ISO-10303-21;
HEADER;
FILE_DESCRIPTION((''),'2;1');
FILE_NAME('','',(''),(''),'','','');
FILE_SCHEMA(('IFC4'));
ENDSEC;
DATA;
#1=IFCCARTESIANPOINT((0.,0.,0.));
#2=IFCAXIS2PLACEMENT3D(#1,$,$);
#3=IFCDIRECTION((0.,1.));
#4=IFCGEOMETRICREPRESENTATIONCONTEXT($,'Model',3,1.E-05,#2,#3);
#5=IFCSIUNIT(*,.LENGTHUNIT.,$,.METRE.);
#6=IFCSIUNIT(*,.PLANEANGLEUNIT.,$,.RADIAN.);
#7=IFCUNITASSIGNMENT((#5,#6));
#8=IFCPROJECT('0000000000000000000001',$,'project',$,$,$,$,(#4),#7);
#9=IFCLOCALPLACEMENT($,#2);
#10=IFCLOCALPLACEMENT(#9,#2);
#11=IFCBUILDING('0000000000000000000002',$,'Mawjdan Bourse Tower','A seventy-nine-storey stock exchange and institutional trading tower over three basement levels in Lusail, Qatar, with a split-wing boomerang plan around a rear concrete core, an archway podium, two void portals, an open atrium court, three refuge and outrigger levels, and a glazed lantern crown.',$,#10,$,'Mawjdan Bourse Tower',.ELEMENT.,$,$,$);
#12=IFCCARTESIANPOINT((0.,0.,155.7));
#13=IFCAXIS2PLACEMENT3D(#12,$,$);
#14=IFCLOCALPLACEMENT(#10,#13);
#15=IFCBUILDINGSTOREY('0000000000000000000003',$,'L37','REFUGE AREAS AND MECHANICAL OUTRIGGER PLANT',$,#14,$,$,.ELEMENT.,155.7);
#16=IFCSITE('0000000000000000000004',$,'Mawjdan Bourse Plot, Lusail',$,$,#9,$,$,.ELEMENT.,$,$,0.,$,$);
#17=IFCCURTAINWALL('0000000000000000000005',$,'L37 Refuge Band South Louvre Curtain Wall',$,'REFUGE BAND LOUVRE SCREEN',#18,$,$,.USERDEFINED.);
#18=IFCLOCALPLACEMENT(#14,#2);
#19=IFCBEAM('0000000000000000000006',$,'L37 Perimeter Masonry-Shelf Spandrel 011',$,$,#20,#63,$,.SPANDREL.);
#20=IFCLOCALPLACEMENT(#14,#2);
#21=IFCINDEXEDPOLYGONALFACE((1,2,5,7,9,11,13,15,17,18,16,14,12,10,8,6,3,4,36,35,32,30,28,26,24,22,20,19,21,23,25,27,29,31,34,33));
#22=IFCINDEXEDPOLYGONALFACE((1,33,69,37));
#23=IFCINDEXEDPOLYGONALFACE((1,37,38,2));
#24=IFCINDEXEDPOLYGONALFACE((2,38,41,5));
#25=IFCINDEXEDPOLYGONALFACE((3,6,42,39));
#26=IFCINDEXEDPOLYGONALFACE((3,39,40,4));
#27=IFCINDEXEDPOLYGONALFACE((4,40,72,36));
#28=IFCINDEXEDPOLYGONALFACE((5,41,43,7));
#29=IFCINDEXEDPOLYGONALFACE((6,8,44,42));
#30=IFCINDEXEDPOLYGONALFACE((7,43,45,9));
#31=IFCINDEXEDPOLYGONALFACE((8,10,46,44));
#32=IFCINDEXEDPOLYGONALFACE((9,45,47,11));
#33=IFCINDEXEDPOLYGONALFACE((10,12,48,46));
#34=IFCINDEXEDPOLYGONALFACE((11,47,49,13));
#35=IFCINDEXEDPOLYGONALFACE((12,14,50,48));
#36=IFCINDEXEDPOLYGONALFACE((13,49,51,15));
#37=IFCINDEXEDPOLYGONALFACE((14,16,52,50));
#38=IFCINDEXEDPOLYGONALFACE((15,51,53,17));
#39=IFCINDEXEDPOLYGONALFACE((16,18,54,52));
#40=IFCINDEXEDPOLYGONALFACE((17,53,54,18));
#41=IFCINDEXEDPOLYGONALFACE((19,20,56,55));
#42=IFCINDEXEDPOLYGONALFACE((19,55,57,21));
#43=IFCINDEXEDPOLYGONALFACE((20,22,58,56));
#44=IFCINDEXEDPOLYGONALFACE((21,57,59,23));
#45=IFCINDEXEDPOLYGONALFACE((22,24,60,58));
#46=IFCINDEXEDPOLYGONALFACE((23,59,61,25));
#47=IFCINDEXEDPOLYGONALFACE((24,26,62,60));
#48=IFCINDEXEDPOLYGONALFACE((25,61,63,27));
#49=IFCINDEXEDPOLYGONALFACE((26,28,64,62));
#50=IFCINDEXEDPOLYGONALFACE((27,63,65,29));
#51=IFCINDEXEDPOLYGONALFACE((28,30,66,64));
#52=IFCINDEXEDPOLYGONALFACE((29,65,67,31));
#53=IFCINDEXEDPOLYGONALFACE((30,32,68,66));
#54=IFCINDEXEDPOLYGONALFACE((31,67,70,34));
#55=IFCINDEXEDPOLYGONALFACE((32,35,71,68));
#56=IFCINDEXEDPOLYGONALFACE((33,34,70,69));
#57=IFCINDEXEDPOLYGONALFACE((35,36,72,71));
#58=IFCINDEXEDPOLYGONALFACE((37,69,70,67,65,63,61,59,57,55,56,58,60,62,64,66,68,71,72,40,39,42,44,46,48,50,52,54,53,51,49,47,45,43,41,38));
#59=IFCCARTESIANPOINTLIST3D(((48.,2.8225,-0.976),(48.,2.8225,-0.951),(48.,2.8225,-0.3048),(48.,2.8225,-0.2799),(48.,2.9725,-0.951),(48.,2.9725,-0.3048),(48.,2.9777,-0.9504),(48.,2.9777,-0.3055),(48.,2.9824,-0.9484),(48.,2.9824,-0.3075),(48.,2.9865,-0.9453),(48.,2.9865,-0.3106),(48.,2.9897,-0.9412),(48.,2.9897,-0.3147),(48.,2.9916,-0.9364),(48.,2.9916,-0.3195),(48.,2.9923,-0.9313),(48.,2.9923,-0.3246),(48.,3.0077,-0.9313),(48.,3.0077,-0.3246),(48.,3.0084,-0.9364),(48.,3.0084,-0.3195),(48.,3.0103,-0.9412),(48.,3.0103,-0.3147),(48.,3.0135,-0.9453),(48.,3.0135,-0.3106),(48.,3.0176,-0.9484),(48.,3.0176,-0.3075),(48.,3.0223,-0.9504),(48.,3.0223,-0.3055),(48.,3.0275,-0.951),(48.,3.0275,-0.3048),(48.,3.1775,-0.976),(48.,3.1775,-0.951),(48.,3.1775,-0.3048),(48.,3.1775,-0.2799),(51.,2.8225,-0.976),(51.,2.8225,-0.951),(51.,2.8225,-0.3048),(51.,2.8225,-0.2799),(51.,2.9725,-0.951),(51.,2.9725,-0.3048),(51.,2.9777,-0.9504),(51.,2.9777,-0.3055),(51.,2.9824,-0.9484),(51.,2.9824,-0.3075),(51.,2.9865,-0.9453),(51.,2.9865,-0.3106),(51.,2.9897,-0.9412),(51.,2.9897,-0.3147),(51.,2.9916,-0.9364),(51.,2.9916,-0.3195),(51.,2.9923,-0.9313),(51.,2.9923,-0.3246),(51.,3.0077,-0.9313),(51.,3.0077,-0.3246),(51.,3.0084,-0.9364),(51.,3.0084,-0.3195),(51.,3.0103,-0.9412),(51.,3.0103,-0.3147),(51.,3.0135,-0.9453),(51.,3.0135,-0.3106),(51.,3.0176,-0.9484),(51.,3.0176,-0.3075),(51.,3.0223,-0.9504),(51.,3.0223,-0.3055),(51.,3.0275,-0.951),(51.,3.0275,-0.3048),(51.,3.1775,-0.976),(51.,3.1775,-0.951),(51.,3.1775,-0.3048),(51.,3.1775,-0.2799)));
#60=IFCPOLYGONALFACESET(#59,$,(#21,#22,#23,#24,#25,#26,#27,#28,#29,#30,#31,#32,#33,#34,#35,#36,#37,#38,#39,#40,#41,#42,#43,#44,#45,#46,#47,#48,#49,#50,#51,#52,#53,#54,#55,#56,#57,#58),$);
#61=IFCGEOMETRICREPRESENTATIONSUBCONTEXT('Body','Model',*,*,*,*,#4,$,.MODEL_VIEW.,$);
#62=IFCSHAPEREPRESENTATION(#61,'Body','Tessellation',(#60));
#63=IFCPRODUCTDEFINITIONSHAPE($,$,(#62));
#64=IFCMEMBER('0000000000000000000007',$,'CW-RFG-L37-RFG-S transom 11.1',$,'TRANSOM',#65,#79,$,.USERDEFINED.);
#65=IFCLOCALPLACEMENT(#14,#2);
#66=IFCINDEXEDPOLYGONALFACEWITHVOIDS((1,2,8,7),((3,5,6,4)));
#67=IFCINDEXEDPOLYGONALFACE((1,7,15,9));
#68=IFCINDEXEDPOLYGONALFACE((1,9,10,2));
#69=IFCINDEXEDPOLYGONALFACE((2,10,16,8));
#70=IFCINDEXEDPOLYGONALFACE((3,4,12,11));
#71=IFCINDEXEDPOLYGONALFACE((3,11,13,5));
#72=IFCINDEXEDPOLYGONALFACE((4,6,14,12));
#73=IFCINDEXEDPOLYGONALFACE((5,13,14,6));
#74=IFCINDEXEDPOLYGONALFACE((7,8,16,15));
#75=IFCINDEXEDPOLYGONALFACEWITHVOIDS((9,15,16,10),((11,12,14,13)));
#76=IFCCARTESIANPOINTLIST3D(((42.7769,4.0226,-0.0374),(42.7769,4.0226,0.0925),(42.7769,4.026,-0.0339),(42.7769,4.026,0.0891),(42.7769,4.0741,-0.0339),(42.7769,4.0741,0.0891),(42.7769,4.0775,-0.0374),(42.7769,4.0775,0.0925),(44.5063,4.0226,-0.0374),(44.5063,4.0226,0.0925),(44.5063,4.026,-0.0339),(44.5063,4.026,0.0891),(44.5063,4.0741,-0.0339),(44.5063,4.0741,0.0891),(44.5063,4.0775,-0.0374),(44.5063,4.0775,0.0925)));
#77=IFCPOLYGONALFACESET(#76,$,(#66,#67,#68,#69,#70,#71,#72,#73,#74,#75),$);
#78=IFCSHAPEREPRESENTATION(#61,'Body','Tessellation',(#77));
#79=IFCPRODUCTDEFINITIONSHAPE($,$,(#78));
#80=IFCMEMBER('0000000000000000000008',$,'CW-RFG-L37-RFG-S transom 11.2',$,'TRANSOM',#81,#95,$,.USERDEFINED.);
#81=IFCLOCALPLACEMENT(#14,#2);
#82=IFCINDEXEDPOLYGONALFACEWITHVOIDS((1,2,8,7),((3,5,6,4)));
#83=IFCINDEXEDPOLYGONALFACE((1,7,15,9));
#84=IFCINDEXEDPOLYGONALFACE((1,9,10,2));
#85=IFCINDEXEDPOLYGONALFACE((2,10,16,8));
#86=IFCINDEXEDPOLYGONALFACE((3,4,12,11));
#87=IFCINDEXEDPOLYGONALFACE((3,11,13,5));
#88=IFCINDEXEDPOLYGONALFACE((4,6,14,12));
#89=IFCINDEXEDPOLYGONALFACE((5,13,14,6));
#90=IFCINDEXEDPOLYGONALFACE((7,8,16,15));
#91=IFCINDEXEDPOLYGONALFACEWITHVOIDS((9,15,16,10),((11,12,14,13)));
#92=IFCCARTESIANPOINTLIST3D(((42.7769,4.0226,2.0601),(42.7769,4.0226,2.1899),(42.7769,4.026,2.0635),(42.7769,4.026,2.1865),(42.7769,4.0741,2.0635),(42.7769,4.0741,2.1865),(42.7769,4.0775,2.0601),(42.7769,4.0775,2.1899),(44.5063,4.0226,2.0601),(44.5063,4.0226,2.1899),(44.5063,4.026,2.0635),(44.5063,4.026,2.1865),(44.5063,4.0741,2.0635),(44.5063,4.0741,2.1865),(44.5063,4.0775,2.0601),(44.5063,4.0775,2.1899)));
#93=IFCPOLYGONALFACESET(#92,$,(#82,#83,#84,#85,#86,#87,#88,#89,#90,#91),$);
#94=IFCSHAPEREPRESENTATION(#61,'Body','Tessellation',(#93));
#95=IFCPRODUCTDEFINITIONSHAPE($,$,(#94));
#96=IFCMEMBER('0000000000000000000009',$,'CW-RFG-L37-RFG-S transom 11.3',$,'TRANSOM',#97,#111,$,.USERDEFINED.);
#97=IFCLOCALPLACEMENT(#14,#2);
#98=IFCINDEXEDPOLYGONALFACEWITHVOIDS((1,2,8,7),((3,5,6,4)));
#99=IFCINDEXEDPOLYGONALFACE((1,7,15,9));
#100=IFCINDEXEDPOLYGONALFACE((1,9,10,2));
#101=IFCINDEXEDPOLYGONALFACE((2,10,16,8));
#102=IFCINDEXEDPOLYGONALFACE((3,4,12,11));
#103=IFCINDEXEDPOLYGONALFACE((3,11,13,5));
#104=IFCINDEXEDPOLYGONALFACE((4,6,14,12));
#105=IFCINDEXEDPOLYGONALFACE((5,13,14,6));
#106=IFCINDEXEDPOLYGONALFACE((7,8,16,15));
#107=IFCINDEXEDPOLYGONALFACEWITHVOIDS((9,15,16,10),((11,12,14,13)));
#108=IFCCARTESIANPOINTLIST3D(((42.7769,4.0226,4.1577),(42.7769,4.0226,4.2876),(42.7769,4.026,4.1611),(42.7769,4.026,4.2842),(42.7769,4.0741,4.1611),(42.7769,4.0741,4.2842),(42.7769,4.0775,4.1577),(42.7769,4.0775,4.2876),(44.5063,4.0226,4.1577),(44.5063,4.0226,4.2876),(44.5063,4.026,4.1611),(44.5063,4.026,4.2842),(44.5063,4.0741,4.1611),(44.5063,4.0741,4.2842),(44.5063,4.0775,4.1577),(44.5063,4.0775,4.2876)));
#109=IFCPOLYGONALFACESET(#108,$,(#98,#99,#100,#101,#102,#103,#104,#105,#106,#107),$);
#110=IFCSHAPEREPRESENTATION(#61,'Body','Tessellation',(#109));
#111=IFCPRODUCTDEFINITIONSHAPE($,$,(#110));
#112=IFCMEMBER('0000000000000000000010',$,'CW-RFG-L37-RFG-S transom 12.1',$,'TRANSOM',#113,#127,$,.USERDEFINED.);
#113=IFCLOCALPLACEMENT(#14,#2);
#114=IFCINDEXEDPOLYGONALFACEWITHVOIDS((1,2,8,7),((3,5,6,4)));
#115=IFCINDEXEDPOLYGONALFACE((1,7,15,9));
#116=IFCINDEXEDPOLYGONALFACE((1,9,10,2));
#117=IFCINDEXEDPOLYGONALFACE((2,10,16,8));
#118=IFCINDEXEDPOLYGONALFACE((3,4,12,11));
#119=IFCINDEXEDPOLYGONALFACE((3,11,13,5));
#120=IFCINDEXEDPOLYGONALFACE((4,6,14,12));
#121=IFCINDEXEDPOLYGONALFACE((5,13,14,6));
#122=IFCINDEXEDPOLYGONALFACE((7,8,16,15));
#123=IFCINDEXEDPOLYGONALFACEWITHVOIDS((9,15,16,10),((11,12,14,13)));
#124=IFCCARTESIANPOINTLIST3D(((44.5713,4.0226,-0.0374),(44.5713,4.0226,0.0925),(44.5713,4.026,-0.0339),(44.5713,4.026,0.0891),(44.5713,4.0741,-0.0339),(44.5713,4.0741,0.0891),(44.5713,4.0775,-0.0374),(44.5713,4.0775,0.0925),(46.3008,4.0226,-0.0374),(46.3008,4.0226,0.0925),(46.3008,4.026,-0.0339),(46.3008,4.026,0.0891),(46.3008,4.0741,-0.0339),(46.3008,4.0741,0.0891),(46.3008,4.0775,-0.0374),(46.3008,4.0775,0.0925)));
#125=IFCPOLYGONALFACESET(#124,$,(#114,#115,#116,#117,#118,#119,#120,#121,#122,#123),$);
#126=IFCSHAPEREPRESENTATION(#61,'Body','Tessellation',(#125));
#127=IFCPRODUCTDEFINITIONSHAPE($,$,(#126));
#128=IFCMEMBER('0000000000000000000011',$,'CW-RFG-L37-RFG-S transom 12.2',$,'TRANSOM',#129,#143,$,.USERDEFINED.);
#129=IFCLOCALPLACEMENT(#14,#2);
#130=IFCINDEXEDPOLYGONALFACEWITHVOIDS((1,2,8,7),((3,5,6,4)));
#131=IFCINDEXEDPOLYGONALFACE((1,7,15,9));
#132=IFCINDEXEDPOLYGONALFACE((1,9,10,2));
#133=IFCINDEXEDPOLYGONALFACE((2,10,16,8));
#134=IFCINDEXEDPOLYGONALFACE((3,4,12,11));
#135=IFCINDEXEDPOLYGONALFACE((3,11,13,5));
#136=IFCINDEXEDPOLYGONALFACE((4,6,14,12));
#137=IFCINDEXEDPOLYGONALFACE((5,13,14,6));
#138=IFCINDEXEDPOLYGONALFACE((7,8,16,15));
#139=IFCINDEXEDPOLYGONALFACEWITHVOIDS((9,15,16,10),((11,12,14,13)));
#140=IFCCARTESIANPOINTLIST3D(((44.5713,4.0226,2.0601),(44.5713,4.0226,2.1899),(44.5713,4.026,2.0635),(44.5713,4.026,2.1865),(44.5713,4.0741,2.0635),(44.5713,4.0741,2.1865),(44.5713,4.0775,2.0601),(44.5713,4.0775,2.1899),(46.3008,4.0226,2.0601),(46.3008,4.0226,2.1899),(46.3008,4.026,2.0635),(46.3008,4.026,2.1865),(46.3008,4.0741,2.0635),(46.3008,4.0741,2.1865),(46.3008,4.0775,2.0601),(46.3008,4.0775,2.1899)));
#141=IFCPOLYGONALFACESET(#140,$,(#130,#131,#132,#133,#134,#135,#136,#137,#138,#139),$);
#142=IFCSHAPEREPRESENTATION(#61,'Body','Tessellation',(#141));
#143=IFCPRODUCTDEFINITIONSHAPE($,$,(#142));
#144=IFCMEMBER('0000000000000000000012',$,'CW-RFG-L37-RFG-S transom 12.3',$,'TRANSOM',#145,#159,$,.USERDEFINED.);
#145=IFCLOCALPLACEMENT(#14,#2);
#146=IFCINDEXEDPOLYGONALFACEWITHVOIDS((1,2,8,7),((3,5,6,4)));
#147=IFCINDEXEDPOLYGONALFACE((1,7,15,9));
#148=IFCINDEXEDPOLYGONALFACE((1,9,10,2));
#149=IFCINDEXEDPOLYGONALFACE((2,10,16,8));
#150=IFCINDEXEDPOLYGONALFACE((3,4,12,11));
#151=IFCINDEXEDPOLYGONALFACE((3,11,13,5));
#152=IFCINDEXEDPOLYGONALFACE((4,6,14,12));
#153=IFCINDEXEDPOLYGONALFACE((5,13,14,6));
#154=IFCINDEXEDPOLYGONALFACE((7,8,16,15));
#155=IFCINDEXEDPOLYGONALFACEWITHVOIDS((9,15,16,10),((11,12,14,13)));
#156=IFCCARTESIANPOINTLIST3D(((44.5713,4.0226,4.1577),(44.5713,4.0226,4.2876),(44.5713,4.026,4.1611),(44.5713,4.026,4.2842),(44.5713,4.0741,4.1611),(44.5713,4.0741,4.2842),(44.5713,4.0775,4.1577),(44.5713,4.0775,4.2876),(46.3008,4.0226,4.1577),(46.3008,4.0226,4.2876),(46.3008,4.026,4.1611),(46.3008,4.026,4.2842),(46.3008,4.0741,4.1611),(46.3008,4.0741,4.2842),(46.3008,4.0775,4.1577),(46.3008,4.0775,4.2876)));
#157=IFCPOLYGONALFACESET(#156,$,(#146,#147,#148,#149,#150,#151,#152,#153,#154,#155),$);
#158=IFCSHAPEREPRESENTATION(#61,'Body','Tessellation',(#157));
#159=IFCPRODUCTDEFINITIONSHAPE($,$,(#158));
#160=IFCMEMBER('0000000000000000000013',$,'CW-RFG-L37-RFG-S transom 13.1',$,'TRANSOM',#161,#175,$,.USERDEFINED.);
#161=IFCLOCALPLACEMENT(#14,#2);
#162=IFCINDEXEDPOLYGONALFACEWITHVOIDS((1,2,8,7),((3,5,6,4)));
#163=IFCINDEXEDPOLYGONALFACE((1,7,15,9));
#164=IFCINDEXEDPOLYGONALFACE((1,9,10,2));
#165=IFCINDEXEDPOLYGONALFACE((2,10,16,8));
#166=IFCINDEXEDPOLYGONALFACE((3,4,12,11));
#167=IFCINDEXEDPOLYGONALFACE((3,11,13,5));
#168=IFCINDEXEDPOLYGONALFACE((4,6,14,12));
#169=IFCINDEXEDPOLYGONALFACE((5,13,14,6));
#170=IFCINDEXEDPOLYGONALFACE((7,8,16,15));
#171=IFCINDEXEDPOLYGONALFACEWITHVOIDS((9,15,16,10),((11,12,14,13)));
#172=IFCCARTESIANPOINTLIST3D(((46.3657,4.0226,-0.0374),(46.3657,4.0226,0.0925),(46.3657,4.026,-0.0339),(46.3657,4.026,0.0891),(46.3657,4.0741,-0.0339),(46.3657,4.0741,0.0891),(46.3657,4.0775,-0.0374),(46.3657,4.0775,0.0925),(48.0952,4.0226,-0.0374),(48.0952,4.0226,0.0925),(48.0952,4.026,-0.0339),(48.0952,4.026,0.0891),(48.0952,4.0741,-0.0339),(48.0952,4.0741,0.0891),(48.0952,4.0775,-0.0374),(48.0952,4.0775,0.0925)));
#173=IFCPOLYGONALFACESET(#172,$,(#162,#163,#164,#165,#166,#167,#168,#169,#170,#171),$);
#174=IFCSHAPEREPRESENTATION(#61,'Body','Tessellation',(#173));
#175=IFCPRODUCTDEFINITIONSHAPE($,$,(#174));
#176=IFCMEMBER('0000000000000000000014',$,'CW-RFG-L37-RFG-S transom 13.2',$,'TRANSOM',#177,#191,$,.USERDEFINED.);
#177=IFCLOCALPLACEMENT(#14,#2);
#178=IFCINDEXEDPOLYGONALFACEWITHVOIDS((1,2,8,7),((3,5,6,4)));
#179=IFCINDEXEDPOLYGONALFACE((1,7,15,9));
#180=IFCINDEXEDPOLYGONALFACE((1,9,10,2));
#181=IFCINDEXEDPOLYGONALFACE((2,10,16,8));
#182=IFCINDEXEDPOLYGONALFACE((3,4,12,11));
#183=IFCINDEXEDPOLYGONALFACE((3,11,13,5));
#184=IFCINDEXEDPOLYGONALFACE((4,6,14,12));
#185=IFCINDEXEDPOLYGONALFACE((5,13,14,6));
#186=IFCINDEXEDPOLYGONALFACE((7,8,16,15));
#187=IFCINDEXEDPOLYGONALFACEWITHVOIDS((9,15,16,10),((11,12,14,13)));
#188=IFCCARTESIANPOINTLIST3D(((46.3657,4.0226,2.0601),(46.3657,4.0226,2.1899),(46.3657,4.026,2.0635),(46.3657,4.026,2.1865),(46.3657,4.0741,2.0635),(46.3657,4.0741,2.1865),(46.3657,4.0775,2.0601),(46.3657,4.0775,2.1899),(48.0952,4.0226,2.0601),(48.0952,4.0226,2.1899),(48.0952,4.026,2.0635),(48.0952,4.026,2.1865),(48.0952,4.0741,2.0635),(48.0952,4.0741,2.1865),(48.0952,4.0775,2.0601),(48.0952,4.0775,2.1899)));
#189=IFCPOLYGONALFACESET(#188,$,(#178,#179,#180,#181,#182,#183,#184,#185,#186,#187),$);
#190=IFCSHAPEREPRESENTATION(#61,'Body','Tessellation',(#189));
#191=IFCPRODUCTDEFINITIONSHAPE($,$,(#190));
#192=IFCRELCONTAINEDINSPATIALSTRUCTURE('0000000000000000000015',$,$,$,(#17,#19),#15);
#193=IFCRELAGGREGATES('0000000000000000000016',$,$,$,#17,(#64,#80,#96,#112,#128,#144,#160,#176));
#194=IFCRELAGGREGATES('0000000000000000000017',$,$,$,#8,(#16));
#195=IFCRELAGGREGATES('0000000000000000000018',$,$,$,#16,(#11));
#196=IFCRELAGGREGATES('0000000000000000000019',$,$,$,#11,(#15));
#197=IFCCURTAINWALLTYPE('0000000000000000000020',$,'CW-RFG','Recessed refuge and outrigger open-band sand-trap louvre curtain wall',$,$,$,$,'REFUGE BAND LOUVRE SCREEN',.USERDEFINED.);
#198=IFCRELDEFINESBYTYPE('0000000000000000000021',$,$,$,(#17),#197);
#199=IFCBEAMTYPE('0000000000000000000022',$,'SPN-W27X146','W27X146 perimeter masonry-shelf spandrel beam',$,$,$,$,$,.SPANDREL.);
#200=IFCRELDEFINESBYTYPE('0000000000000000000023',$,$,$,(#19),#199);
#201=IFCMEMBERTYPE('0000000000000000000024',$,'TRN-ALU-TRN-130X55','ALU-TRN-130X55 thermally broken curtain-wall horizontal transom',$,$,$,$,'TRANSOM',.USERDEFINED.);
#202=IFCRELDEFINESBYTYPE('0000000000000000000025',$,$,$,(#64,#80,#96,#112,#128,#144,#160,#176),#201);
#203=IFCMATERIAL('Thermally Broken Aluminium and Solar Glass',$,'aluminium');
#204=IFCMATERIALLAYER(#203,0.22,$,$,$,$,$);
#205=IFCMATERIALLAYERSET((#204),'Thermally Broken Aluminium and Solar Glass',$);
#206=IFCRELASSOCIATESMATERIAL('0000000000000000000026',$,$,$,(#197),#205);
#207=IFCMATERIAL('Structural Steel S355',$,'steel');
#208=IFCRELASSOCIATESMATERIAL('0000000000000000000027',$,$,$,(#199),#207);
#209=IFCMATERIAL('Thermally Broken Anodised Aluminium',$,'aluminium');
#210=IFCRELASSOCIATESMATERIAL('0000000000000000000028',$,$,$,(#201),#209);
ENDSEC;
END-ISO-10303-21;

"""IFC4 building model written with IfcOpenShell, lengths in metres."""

from ifc_helpers import new_model, si_unit, direction, frame, origin, origin_2d, place, context, subcontext, project, spatial, hollow_rectangle, i_section, extrude, material, layer, layer_set, material_profile, profile_set, type_object, element, aggregate, save


model = new_model("IFC4")

# Units and contexts
model_context = context("Model", 3, precision=1e-05, world=origin(), true_north=direction((0.0, 1.0)))
body_context = subcontext(model_context, "Body", "Model", "MODEL_VIEW")
ifc_project = project(units=[si_unit("LENGTHUNIT", "METRE"), si_unit("PLANEANGLEUNIT", "RADIAN")], contexts=[model_context])

# Site, building, storey
site_placement = place(None, origin())
site = spatial("IfcSite", under=ifc_project, at=site_placement, Name="Mawjdan Bourse Plot, Lusail", CompositionType="ELEMENT", RefElevation=0.0)
building_placement = place(site_placement, origin())
building = spatial("IfcBuilding", under=site, at=building_placement, Name="Mawjdan Bourse Tower", Description="A seventy-nine-storey stock exchange and institutional trading tower over three basement levels in Lusail, Qatar, with a split-wing boomerang plan around a rear concrete core, an archway podium, two void portals, an open atrium court, three refuge and outrigger levels, and a glazed lantern crown.", LongName="Mawjdan Bourse Tower", CompositionType="ELEMENT")
storey_placement = place(building_placement, frame((0.0, 0.0, 155.7)))
storey = spatial("IfcBuildingStorey", under=building, at=storey_placement, Name="L37", Description="REFUGE AREAS AND MECHANICAL OUTRIGGER PLANT", CompositionType="ELEMENT", Elevation=155.7)

# Shared definitions
ifc_material_1 = material(Name="Structural Steel S355", Category="steel")

# Curtain wall
ifc_material_2 = material(Name="Thermally Broken Aluminium and Solar Glass", Category="aluminium")
ifc_layer_1 = layer(ifc_material_2, 0.22)
ifc_layer_set_1 = layer_set([ifc_layer_1], Name="Thermally Broken Aluminium and Solar Glass")
curtain_wall_type = type_object("IfcCurtainWallType", Name="CW-RFG", Description="Recessed refuge and outrigger open-band sand-trap louvre curtain wall", ElementType="REFUGE BAND LOUVRE SCREEN", PredefinedType="USERDEFINED", material=ifc_layer_set_1)
curtain_wall_placement = place(storey_placement, origin())
curtain_wall = element("IfcCurtainWall", 1, at=curtain_wall_placement, inside=storey, type_object=curtain_wall_type, Name="L37 Refuge Band South Louvre Curtain Wall", ObjectType="REFUGE BAND LOUVRE SCREEN", PredefinedType="USERDEFINED")
ifc_material_3 = material(Name="Thermally Broken Anodised Aluminium", Category="aluminium")

# Beam
ifc_material_profile_1 = material_profile(ifc_material_1, i_section(OverallWidth=0.355, OverallDepth=0.696, WebThickness=0.0154, FlangeThickness=0.0249, FilletRadius=0.0198, at=origin_2d()), Name="W27X146")
ifc_profile_set_1 = profile_set([ifc_material_profile_1], Name="Structural Steel S355")
beam_type_1 = type_object("IfcBeamType", Name="SPN-W27X146", Description="W27X146 perimeter masonry-shelf spandrel beam", PredefinedType="SPANDREL", material=ifc_profile_set_1)
beam_1_placement = place(storey_placement, frame((48.0, 3.0, -0.6279), z_axis=(1.0, 0.0, 0.0), x_axis=(0.0, 1.0, 0.0)))
element("IfcBeam", 2, at=beam_1_placement, inside=storey, type_object=beam_type_1, Name="L37 Perimeter Masonry-Shelf Spandrel 011", PredefinedType="SPANDREL", context=body_context, shape_type="SweptSolid", body=[
    extrude(i_section(OverallWidth=0.355, OverallDepth=0.696, WebThickness=0.0154, FlangeThickness=0.0249, FilletRadius=0.0198, at=origin_2d()), origin(), (0.0, 0.0, 1.0), 3.0),
])

# Members
ifc_material_profile_2 = material_profile(ifc_material_3, hollow_rectangle(XDim=0.0549, YDim=0.1299, WallThickness=0.0034, at=origin_2d()), Name="ALU-TRN-130X55")
ifc_profile_set_2 = profile_set([ifc_material_profile_2], Name="Thermally Broken Anodised Aluminium")
member_type_1 = type_object("IfcMemberType", Name="TRN-ALU-TRN-130X55", Description="ALU-TRN-130X55 thermally broken curtain-wall horizontal transom", ElementType="TRANSOM", PredefinedType="USERDEFINED", material=ifc_profile_set_2)
member_1_placement = place(storey_placement, frame((42.7769, 4.05, 0.0276), z_axis=(1.0, 0.0, 0.0), x_axis=(0.0, 1.0, 0.0)))
member_1 = element("IfcMember", 3, at=member_1_placement, type_object=member_type_1, Name="CW-RFG-L37-RFG-S transom 11.1", ObjectType="TRANSOM", PredefinedType="USERDEFINED", context=body_context, shape_type="SweptSolid", body=[
    extrude(hollow_rectangle(XDim=0.0549, YDim=0.1299, WallThickness=0.0034, at=origin_2d()), origin(), (0.0, 0.0, 1.0), 1.7295),
])
member_2_placement = place(storey_placement, frame((42.7769, 4.05, 2.125), z_axis=(1.0, 0.0, 0.0), x_axis=(0.0, 1.0, 0.0)))
member_2 = element("IfcMember", 4, at=member_2_placement, type_object=member_type_1, Name="CW-RFG-L37-RFG-S transom 11.2", ObjectType="TRANSOM", PredefinedType="USERDEFINED", context=body_context, shape_type="SweptSolid", body=[
    extrude(hollow_rectangle(XDim=0.0549, YDim=0.1299, WallThickness=0.0034, at=origin_2d()), origin(), (0.0, 0.0, 1.0), 1.7295),
])
member_3_placement = place(storey_placement, frame((42.7769, 4.05, 4.2227), z_axis=(1.0, 0.0, 0.0), x_axis=(0.0, 1.0, 0.0)))
member_3 = element("IfcMember", 5, at=member_3_placement, type_object=member_type_1, Name="CW-RFG-L37-RFG-S transom 11.3", ObjectType="TRANSOM", PredefinedType="USERDEFINED", context=body_context, shape_type="SweptSolid", body=[
    extrude(hollow_rectangle(XDim=0.0549, YDim=0.1299, WallThickness=0.0034, at=origin_2d()), origin(), (0.0, 0.0, 1.0), 1.7295),
])
member_4_placement = place(storey_placement, frame((44.5713, 4.05, 0.0276), z_axis=(1.0, 0.0, 0.0), x_axis=(0.0, 1.0, 0.0)))
member_4 = element("IfcMember", 6, at=member_4_placement, type_object=member_type_1, Name="CW-RFG-L37-RFG-S transom 12.1", ObjectType="TRANSOM", PredefinedType="USERDEFINED", context=body_context, shape_type="SweptSolid", body=[
    extrude(hollow_rectangle(XDim=0.0549, YDim=0.1299, WallThickness=0.0034, at=origin_2d()), origin(), (0.0, 0.0, 1.0), 1.7295),
])
member_5_placement = place(storey_placement, frame((44.5713, 4.05, 2.125), z_axis=(1.0, 0.0, 0.0), x_axis=(0.0, 1.0, 0.0)))
member_5 = element("IfcMember", 7, at=member_5_placement, type_object=member_type_1, Name="CW-RFG-L37-RFG-S transom 12.2", ObjectType="TRANSOM", PredefinedType="USERDEFINED", context=body_context, shape_type="SweptSolid", body=[
    extrude(hollow_rectangle(XDim=0.0549, YDim=0.1299, WallThickness=0.0034, at=origin_2d()), origin(), (0.0, 0.0, 1.0), 1.7295),
])
member_6_placement = place(storey_placement, frame((44.5713, 4.05, 4.2227), z_axis=(1.0, 0.0, 0.0), x_axis=(0.0, 1.0, 0.0)))
member_6 = element("IfcMember", 8, at=member_6_placement, type_object=member_type_1, Name="CW-RFG-L37-RFG-S transom 12.3", ObjectType="TRANSOM", PredefinedType="USERDEFINED", context=body_context, shape_type="SweptSolid", body=[
    extrude(hollow_rectangle(XDim=0.0549, YDim=0.1299, WallThickness=0.0034, at=origin_2d()), origin(), (0.0, 0.0, 1.0), 1.7295),
])
member_7_placement = place(storey_placement, frame((46.3657, 4.05, 0.0276), z_axis=(1.0, 0.0, 0.0), x_axis=(0.0, 1.0, 0.0)))
member_7 = element("IfcMember", 9, at=member_7_placement, type_object=member_type_1, Name="CW-RFG-L37-RFG-S transom 13.1", ObjectType="TRANSOM", PredefinedType="USERDEFINED", context=body_context, shape_type="SweptSolid", body=[
    extrude(hollow_rectangle(XDim=0.0549, YDim=0.1299, WallThickness=0.0034, at=origin_2d()), origin(), (0.0, 0.0, 1.0), 1.7295),
])
member_8_placement = place(storey_placement, frame((46.3657, 4.05, 2.125), z_axis=(1.0, 0.0, 0.0), x_axis=(0.0, 1.0, 0.0)))
member_8 = element("IfcMember", 10, at=member_8_placement, type_object=member_type_1, Name="CW-RFG-L37-RFG-S transom 13.2", ObjectType="TRANSOM", PredefinedType="USERDEFINED", context=body_context, shape_type="SweptSolid", body=[
    extrude(hollow_rectangle(XDim=0.0549, YDim=0.1299, WallThickness=0.0034, at=origin_2d()), origin(), (0.0, 0.0, 1.0), 1.7295),
])

aggregate(curtain_wall, [member_1, member_2, member_3, member_4, member_5, member_6, member_7, member_8])

save(model, "model.ifc")
